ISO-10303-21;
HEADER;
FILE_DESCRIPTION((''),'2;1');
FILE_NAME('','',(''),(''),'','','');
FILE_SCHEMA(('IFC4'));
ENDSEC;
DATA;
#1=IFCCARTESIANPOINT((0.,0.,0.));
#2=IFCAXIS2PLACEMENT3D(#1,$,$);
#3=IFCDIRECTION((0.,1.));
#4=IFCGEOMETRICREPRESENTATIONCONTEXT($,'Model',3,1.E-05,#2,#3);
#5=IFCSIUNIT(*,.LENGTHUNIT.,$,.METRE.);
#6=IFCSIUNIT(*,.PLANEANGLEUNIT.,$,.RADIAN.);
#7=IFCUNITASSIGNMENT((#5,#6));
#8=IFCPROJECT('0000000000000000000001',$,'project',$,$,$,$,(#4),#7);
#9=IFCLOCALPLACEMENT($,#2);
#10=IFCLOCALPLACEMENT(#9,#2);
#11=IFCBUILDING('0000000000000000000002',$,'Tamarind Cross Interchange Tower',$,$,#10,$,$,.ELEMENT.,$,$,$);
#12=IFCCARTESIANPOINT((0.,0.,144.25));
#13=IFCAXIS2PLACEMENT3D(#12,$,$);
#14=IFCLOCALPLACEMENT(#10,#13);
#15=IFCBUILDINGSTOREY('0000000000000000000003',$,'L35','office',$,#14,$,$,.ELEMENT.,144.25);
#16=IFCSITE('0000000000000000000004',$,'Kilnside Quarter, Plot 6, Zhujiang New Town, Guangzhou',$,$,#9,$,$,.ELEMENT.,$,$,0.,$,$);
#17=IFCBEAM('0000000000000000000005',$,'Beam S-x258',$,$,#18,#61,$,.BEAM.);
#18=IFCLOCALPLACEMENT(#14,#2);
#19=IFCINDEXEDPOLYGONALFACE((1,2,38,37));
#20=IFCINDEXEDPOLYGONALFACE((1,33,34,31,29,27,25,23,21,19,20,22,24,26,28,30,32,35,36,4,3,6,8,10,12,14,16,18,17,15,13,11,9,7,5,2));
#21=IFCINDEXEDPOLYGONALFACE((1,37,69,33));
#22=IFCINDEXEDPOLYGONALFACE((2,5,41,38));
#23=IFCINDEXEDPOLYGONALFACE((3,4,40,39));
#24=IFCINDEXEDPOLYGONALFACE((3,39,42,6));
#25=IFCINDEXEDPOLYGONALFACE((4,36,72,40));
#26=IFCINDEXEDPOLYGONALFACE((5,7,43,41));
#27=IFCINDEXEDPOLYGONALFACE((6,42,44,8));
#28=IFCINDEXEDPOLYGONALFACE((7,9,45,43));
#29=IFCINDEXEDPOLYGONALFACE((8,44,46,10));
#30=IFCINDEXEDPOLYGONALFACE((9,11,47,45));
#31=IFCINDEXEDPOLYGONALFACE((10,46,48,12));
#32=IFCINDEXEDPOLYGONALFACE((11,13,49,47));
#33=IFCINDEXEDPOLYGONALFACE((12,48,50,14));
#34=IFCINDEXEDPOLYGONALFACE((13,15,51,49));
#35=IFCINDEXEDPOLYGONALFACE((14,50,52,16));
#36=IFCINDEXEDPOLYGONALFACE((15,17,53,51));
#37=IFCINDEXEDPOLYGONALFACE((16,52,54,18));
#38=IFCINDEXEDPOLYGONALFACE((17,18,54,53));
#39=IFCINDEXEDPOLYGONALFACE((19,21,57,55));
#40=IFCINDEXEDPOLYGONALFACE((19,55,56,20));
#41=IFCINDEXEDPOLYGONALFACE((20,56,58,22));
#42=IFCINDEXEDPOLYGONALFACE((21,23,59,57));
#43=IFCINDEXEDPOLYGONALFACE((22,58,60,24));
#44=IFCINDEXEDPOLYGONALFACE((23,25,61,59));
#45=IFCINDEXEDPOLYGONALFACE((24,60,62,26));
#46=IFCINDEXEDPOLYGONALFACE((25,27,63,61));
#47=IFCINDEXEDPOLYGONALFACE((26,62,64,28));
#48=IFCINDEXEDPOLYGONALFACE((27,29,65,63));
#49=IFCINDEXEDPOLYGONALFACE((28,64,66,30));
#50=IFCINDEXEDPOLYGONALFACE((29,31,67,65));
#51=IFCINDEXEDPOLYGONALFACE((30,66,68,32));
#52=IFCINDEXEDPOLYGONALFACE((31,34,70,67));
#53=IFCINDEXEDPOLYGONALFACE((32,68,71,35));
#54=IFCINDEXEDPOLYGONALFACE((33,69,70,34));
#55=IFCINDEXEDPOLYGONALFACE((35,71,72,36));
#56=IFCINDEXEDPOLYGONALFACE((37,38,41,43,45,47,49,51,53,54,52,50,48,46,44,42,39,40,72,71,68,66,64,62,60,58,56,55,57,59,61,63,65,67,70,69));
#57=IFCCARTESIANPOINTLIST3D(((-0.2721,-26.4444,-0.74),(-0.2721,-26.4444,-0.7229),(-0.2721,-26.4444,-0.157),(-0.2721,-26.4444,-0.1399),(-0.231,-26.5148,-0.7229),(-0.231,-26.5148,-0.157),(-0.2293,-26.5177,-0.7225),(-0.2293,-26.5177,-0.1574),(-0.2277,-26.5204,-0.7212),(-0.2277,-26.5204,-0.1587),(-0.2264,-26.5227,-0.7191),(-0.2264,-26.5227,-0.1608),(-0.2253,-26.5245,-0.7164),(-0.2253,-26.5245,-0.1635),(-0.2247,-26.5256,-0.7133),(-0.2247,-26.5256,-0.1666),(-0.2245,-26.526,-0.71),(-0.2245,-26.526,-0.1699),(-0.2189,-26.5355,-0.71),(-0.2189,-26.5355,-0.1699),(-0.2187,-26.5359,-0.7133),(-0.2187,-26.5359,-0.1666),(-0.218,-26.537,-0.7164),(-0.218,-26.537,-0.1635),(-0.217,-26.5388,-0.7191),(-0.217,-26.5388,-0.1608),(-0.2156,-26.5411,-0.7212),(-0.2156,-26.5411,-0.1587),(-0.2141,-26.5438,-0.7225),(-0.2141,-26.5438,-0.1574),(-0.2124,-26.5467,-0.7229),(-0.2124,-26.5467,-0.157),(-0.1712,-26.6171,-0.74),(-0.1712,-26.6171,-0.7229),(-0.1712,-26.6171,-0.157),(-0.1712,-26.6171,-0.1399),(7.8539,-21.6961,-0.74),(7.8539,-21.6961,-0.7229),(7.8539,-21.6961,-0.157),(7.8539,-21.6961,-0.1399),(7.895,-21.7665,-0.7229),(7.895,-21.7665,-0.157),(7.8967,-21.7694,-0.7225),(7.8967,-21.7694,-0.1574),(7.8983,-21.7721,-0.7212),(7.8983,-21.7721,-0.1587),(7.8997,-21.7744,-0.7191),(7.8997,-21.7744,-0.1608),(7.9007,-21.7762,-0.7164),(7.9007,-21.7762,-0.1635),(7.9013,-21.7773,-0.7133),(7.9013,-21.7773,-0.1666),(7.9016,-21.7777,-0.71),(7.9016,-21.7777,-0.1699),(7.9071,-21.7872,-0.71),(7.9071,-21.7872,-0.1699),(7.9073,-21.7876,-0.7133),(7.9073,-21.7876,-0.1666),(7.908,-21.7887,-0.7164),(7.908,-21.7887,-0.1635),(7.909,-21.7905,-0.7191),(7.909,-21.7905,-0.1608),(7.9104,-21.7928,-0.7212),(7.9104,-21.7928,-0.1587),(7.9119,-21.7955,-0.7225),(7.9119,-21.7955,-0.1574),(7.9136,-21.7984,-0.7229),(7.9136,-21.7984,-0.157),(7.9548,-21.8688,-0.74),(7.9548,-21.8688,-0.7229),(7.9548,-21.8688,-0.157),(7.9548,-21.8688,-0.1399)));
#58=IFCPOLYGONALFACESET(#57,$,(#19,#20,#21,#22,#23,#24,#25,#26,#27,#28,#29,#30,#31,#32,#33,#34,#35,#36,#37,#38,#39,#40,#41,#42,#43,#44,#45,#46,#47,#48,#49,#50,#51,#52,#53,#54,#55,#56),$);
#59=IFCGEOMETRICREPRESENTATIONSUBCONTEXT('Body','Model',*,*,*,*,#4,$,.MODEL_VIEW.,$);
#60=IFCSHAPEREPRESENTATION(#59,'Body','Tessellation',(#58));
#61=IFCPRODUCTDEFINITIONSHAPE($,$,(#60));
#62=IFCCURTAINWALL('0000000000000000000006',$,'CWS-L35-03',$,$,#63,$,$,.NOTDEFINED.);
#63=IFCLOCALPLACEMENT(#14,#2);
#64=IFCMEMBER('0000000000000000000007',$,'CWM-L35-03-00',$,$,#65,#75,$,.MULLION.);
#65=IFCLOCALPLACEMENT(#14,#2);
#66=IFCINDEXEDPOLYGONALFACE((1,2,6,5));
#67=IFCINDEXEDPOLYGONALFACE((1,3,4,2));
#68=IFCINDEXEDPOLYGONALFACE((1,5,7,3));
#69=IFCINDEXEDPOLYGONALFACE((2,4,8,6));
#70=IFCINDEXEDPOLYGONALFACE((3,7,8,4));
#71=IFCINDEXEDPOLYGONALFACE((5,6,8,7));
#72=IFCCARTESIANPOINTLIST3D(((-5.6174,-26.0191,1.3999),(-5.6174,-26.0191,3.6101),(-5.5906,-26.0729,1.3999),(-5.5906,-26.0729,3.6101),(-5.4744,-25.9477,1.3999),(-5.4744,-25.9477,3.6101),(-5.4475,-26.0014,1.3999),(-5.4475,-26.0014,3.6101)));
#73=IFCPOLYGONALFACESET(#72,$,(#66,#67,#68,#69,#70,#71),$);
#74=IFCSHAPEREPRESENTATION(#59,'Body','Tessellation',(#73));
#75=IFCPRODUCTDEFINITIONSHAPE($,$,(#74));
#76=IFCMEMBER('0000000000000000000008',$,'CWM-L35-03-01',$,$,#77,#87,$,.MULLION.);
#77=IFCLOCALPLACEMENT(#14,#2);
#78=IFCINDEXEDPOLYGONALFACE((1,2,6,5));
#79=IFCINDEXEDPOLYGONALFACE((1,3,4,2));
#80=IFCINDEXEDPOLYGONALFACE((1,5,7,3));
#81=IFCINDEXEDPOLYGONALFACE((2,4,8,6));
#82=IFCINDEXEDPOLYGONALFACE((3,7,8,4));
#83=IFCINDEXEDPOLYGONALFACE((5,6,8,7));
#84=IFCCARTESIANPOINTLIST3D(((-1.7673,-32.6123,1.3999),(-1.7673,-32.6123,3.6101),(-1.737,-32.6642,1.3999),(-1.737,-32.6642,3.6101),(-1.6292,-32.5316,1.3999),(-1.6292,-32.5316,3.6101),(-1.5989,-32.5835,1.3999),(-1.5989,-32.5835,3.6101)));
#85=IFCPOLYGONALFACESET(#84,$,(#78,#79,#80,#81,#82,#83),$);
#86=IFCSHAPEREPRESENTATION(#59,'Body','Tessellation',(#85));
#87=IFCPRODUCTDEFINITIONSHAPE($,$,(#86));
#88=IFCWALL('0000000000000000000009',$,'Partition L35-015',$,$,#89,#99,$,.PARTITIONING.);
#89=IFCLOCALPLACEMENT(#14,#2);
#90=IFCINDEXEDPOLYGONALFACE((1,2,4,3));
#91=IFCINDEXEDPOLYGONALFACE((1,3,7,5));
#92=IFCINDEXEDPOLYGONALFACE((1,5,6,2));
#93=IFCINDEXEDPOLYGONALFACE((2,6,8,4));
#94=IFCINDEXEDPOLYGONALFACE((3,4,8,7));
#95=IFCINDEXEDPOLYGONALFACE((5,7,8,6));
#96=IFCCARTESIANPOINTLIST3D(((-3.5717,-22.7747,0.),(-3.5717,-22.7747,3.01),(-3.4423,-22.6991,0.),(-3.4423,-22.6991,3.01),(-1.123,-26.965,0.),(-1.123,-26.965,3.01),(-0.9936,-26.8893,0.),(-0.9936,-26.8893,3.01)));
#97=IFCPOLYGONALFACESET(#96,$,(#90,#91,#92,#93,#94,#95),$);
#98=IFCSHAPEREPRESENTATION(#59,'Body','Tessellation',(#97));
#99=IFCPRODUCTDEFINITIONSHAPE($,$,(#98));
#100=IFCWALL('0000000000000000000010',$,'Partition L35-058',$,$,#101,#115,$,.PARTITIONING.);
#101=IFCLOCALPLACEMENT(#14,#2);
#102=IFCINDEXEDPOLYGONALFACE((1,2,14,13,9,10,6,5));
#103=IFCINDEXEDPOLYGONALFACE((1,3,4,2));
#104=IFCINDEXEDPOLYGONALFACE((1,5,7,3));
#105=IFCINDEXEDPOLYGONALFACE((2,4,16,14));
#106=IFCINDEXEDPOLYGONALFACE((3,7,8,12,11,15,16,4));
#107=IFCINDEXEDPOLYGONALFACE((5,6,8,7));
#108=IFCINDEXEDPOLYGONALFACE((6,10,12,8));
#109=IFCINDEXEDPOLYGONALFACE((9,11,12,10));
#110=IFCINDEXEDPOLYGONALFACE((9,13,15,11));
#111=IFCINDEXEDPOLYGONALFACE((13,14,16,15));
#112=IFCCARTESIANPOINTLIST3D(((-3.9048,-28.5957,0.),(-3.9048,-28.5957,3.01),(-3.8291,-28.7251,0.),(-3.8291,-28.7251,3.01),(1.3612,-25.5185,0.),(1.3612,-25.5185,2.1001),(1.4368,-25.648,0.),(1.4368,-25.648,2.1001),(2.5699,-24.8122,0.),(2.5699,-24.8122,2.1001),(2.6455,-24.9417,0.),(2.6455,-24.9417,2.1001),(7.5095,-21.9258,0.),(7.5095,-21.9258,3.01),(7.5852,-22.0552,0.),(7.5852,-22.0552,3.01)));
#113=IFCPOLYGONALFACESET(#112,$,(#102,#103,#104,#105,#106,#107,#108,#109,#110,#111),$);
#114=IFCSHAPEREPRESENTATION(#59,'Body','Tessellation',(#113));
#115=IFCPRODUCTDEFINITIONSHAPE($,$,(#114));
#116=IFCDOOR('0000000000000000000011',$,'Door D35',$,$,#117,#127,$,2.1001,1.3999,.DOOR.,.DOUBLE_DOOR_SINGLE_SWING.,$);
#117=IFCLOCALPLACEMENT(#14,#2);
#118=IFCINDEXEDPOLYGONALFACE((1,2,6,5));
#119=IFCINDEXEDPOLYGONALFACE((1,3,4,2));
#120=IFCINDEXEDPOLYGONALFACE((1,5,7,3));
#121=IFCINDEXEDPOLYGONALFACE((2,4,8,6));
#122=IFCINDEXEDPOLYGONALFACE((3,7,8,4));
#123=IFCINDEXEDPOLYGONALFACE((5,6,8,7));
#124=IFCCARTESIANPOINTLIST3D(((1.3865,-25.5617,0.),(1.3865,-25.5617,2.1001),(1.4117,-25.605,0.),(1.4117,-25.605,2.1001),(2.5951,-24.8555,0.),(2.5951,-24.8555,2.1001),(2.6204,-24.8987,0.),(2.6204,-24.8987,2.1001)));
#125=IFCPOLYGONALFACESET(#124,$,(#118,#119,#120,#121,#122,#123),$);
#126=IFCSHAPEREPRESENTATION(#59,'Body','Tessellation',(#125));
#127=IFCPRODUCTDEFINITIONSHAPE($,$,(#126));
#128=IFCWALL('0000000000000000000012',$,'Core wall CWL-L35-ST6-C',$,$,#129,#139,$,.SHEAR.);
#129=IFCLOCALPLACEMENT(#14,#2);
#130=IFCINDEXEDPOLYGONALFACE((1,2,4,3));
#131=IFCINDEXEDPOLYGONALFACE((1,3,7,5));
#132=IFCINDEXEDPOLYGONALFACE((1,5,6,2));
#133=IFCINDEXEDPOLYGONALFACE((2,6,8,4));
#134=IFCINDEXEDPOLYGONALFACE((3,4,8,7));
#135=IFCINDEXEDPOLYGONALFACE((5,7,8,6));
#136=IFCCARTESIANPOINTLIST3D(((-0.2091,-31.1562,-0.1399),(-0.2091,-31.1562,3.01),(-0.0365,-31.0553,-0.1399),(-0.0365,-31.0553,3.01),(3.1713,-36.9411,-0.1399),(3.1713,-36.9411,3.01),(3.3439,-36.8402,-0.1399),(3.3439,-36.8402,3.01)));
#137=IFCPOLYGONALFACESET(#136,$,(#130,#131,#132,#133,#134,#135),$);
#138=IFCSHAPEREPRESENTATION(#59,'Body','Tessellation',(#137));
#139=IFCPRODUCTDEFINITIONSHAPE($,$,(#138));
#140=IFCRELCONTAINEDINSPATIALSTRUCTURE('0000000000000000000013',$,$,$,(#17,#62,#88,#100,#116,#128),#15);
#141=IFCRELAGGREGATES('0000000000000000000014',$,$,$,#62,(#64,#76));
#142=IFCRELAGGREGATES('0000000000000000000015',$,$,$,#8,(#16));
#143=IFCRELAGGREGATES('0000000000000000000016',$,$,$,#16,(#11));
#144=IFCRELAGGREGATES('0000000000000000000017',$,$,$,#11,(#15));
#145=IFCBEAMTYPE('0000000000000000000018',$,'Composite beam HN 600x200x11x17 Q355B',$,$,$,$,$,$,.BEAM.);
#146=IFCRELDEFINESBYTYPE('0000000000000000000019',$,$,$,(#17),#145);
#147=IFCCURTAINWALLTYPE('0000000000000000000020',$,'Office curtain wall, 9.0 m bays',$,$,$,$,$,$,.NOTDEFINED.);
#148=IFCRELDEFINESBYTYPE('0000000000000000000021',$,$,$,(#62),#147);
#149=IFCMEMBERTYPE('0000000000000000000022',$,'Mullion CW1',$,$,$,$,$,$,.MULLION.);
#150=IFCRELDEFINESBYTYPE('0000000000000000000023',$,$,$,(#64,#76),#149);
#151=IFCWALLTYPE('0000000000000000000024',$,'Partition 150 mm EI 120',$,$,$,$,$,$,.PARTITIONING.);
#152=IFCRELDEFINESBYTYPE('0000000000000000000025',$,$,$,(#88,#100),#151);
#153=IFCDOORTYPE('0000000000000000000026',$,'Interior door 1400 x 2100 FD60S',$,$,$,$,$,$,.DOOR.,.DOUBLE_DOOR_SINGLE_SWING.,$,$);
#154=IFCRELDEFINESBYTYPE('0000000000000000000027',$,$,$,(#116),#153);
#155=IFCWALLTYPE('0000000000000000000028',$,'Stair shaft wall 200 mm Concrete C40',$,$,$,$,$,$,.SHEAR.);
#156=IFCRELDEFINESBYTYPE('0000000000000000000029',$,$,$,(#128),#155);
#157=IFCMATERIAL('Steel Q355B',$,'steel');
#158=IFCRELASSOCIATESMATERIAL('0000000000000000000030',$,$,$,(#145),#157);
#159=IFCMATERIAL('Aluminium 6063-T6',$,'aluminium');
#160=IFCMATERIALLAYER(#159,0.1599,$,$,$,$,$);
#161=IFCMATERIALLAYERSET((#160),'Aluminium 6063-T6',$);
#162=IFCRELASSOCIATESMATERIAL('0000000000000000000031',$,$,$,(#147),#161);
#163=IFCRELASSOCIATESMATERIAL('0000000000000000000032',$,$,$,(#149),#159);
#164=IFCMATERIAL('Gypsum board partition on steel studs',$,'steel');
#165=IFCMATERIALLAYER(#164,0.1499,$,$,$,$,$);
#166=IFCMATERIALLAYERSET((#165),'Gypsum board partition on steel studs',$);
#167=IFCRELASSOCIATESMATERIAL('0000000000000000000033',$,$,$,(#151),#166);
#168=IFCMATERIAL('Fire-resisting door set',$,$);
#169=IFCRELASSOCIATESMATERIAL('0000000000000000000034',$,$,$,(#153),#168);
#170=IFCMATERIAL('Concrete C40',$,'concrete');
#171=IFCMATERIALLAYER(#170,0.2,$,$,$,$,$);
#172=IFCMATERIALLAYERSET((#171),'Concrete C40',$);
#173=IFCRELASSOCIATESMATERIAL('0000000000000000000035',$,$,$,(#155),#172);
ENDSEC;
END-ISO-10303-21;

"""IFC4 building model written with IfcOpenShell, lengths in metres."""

from ifc_helpers import new_model, si_unit, direction, frame, frame_2d, origin, origin_2d, place, context, subcontext, project, spatial, rectangle, i_section, extrude, material, layer, layer_set, material_profile, profile_set, type_object, element, fill, aggregate, save


model = new_model("IFC4")

# Units and contexts
model_context = context("Model", 3, precision=1e-05, world=origin(), true_north=direction((0.0, 1.0)))
body_context = subcontext(model_context, "Body", "Model", "MODEL_VIEW")
ifc_project = project(units=[si_unit("LENGTHUNIT", "METRE"), si_unit("PLANEANGLEUNIT", "RADIAN")], contexts=[model_context])

# Site, building, storey
site_placement = place(None, origin())
site = spatial("IfcSite", under=ifc_project, at=site_placement, Name="Kilnside Quarter, Plot 6, Zhujiang New Town, Guangzhou", CompositionType="ELEMENT", RefElevation=0.0)
building_placement = place(site_placement, origin())
building = spatial("IfcBuilding", under=site, at=building_placement, Name="Tamarind Cross Interchange Tower", CompositionType="ELEMENT")
storey_placement = place(building_placement, frame((0.0, 0.0, 144.25)))
storey = spatial("IfcBuildingStorey", under=building, at=storey_placement, Name="L35", Description="office", CompositionType="ELEMENT", Elevation=144.25)

# Beam
ifc_material_1 = material(Name="Steel Q355B", Category="steel")
ifc_material_profile_1 = material_profile(ifc_material_1, i_section(OverallWidth=0.2, OverallDepth=0.6001, WebThickness=0.011, FlangeThickness=0.0171, FilletRadius=0.0129, at=origin_2d()), Name="HN 600x200x11x17")
ifc_profile_set_1 = profile_set([ifc_material_profile_1], Name="Steel Q355B")
beam_type_1 = type_object("IfcBeamType", Name="Composite beam HN 600x200x11x17 Q355B", PredefinedType="BEAM", material=ifc_profile_set_1)
beam_1_placement = place(storey_placement, frame((-0.2217, -26.5308, -0.4399), z_axis=(0.863402, 0.504516, 0.0), x_axis=(-0.504516, 0.863402, 0.0)))
element("IfcBeam", 1, at=beam_1_placement, inside=storey, type_object=beam_type_1, Name="Beam S-x258", PredefinedType="BEAM", context=body_context, shape_type="SweptSolid", body=[
    extrude(i_section(OverallWidth=0.2, OverallDepth=0.6001, WebThickness=0.011, FlangeThickness=0.0171, FilletRadius=0.0129, at=origin_2d()), origin(), (0.0, 0.0, 1.0), 9.4116),
])

# Curtain wall, members
ifc_material_2 = material(Name="Aluminium 6063-T6", Category="aluminium")
ifc_layer_1 = layer(ifc_material_2, 0.1599)
ifc_layer_set_1 = layer_set([ifc_layer_1], Name="Aluminium 6063-T6")
curtain_wall_type = type_object("IfcCurtainWallType", Name="Office curtain wall, 9.0 m bays", PredefinedType="NOTDEFINED", material=ifc_layer_set_1)
curtain_wall_placement = place(storey_placement, origin())
curtain_wall = element("IfcCurtainWall", 2, at=curtain_wall_placement, inside=storey, type_object=curtain_wall_type, Name="CWS-L35-03", PredefinedType="NOTDEFINED")
ifc_material_profile_2 = material_profile(ifc_material_2, rectangle(XDim=0.0601, YDim=0.1599, at=origin_2d()), Name="Mullion CW1")
ifc_profile_set_2 = profile_set([ifc_material_profile_2], Name="Aluminium 6063-T6")
member_type = type_object("IfcMemberType", Name="Mullion CW1", PredefinedType="MULLION", material=ifc_profile_set_2)
member_1_placement = place(storey_placement, frame((-5.5325, -26.0103, 1.3999), z_axis=(0.0, 0.0, 1.0), x_axis=(0.446966, -0.894551, 0.0)))
member_1 = element("IfcMember", 3, at=member_1_placement, type_object=member_type, Name="CWM-L35-03-00", PredefinedType="MULLION", context=body_context, shape_type="SweptSolid", body=[
    extrude(rectangle(XDim=0.0601, YDim=0.1599, at=origin_2d()), origin(), (0.0, 0.0, 1.0), 2.2102),
])
member_2_placement = place(storey_placement, frame((-1.6831, -32.5979, 1.3999), z_axis=(0.0, 0.0, 1.0), x_axis=(0.504516, -0.863403, 0.0)))
member_2 = element("IfcMember", 4, at=member_2_placement, type_object=member_type, Name="CWM-L35-03-01", PredefinedType="MULLION", context=body_context, shape_type="SweptSolid", body=[
    extrude(rectangle(XDim=0.0601, YDim=0.1599, at=origin_2d()), origin(), (0.0, 0.0, 1.0), 2.2102),
])
aggregate(curtain_wall, [member_1, member_2])

# Wall
ifc_material_3 = material(Name="Gypsum board partition on steel studs", Category="steel")
ifc_layer_2 = layer(ifc_material_3, 0.1499)
ifc_layer_set_2 = layer_set([ifc_layer_2], Name="Gypsum board partition on steel studs")
wall_type_1 = type_object("IfcWallType", Name="Partition 150 mm EI 120", PredefinedType="PARTITIONING", material=ifc_layer_set_2)
wall_1_placement = place(storey_placement, frame((-3.5071, -22.7368, 0.0), z_axis=(0.0, 0.0, 1.0), x_axis=(0.504556, -0.863379, 0.0)))
element("IfcWall", 5, at=wall_1_placement, inside=storey, type_object=wall_type_1, Name="Partition L35-015", PredefinedType="PARTITIONING", context=body_context, shape_type="SweptSolid", body=[
    extrude(rectangle(XDim=4.8533, YDim=0.1499, at=frame_2d((2.4268, 0.0))), origin(), (0.0, 0.0, 1.0), 3.01),
])

# Wall, opening, door
wall_2_placement = place(storey_placement, frame((-3.8669, -28.6604, 0.0), z_axis=(0.0, 0.0, 1.0), x_axis=(0.863398, 0.504524, 0.0)))
wall_2 = element("IfcWall", 6, at=wall_2_placement, inside=storey, type_object=wall_type_1, Name="Partition L35-058", PredefinedType="PARTITIONING", context=body_context, shape_type="SweptSolid", body=[
    extrude(rectangle(XDim=13.2202, YDim=0.1499, at=frame_2d((6.6101, 0.0))), origin(), (0.0, 0.0, 1.0), 3.01),
])
opening_placement = place(wall_2_placement, frame((6.0991, 0.0, 0.0)))
opening = element("IfcOpeningElement", 7, at=opening_placement, cuts=wall_2, PredefinedType="OPENING", context=body_context, shape_type="SweptSolid", body=[
    extrude(rectangle(XDim=1.3999, YDim=2.1001, at=frame_2d((0.7, 1.05))), frame((0.0, 0.085, 0.0), z_axis=(0.0, -1.0, 0.0), x_axis=(1.0, 0.0, 0.0)), (0.0, 0.0, 1.0), 0.1699),
])
ifc_material_4 = material(Name="Fire-resisting door set")
door_type = type_object("IfcDoorType", Name="Interior door 1400 x 2100 FD60S", OperationType="DOUBLE_DOOR_SINGLE_SWING", PredefinedType="DOOR", material=ifc_material_4)
door_placement = place(opening_placement, origin())
door = element("IfcDoor", 8, at=door_placement, inside=storey, type_object=door_type, Name="Door D35", OperationType="DOUBLE_DOOR_SINGLE_SWING", OverallHeight=2.1001, OverallWidth=1.3999, PredefinedType="DOOR", context=body_context, shape_type="SweptSolid", body=[
    extrude(rectangle(XDim=1.3999, YDim=2.1001, at=frame_2d((0.7, 1.05))), frame((0.0, 0.0249, 0.0), z_axis=(0.0, -1.0, 0.0), x_axis=(1.0, 0.0, 0.0)), (0.0, 0.0, 1.0), 0.05),
])
fill(opening, door)

# Wall
ifc_material_5 = material(Name="Concrete C40", Category="concrete")
ifc_layer_3 = layer(ifc_material_5, 0.2)
ifc_layer_set_3 = layer_set([ifc_layer_3], Name="Concrete C40")
wall_type_2 = type_object("IfcWallType", Name="Stair shaft wall 200 mm Concrete C40", PredefinedType="SHEAR", material=ifc_layer_set_3)
wall_3_placement = place(storey_placement, frame((-0.1228, -31.1057, -0.1399), z_axis=(0.0, 0.0, 1.0), x_axis=(0.504521, -0.863399, 0.0)))
element("IfcWall", 9, at=wall_3_placement, inside=storey, type_object=wall_type_2, Name="Core wall CWL-L35-ST6-C", PredefinedType="SHEAR", context=body_context, shape_type="SweptSolid", body=[
    extrude(rectangle(XDim=6.7002, YDim=0.2, at=frame_2d((3.3501, 0.0))), origin(), (0.0, 0.0, 1.0), 3.1499),
])

save(model, "model.ifc")
